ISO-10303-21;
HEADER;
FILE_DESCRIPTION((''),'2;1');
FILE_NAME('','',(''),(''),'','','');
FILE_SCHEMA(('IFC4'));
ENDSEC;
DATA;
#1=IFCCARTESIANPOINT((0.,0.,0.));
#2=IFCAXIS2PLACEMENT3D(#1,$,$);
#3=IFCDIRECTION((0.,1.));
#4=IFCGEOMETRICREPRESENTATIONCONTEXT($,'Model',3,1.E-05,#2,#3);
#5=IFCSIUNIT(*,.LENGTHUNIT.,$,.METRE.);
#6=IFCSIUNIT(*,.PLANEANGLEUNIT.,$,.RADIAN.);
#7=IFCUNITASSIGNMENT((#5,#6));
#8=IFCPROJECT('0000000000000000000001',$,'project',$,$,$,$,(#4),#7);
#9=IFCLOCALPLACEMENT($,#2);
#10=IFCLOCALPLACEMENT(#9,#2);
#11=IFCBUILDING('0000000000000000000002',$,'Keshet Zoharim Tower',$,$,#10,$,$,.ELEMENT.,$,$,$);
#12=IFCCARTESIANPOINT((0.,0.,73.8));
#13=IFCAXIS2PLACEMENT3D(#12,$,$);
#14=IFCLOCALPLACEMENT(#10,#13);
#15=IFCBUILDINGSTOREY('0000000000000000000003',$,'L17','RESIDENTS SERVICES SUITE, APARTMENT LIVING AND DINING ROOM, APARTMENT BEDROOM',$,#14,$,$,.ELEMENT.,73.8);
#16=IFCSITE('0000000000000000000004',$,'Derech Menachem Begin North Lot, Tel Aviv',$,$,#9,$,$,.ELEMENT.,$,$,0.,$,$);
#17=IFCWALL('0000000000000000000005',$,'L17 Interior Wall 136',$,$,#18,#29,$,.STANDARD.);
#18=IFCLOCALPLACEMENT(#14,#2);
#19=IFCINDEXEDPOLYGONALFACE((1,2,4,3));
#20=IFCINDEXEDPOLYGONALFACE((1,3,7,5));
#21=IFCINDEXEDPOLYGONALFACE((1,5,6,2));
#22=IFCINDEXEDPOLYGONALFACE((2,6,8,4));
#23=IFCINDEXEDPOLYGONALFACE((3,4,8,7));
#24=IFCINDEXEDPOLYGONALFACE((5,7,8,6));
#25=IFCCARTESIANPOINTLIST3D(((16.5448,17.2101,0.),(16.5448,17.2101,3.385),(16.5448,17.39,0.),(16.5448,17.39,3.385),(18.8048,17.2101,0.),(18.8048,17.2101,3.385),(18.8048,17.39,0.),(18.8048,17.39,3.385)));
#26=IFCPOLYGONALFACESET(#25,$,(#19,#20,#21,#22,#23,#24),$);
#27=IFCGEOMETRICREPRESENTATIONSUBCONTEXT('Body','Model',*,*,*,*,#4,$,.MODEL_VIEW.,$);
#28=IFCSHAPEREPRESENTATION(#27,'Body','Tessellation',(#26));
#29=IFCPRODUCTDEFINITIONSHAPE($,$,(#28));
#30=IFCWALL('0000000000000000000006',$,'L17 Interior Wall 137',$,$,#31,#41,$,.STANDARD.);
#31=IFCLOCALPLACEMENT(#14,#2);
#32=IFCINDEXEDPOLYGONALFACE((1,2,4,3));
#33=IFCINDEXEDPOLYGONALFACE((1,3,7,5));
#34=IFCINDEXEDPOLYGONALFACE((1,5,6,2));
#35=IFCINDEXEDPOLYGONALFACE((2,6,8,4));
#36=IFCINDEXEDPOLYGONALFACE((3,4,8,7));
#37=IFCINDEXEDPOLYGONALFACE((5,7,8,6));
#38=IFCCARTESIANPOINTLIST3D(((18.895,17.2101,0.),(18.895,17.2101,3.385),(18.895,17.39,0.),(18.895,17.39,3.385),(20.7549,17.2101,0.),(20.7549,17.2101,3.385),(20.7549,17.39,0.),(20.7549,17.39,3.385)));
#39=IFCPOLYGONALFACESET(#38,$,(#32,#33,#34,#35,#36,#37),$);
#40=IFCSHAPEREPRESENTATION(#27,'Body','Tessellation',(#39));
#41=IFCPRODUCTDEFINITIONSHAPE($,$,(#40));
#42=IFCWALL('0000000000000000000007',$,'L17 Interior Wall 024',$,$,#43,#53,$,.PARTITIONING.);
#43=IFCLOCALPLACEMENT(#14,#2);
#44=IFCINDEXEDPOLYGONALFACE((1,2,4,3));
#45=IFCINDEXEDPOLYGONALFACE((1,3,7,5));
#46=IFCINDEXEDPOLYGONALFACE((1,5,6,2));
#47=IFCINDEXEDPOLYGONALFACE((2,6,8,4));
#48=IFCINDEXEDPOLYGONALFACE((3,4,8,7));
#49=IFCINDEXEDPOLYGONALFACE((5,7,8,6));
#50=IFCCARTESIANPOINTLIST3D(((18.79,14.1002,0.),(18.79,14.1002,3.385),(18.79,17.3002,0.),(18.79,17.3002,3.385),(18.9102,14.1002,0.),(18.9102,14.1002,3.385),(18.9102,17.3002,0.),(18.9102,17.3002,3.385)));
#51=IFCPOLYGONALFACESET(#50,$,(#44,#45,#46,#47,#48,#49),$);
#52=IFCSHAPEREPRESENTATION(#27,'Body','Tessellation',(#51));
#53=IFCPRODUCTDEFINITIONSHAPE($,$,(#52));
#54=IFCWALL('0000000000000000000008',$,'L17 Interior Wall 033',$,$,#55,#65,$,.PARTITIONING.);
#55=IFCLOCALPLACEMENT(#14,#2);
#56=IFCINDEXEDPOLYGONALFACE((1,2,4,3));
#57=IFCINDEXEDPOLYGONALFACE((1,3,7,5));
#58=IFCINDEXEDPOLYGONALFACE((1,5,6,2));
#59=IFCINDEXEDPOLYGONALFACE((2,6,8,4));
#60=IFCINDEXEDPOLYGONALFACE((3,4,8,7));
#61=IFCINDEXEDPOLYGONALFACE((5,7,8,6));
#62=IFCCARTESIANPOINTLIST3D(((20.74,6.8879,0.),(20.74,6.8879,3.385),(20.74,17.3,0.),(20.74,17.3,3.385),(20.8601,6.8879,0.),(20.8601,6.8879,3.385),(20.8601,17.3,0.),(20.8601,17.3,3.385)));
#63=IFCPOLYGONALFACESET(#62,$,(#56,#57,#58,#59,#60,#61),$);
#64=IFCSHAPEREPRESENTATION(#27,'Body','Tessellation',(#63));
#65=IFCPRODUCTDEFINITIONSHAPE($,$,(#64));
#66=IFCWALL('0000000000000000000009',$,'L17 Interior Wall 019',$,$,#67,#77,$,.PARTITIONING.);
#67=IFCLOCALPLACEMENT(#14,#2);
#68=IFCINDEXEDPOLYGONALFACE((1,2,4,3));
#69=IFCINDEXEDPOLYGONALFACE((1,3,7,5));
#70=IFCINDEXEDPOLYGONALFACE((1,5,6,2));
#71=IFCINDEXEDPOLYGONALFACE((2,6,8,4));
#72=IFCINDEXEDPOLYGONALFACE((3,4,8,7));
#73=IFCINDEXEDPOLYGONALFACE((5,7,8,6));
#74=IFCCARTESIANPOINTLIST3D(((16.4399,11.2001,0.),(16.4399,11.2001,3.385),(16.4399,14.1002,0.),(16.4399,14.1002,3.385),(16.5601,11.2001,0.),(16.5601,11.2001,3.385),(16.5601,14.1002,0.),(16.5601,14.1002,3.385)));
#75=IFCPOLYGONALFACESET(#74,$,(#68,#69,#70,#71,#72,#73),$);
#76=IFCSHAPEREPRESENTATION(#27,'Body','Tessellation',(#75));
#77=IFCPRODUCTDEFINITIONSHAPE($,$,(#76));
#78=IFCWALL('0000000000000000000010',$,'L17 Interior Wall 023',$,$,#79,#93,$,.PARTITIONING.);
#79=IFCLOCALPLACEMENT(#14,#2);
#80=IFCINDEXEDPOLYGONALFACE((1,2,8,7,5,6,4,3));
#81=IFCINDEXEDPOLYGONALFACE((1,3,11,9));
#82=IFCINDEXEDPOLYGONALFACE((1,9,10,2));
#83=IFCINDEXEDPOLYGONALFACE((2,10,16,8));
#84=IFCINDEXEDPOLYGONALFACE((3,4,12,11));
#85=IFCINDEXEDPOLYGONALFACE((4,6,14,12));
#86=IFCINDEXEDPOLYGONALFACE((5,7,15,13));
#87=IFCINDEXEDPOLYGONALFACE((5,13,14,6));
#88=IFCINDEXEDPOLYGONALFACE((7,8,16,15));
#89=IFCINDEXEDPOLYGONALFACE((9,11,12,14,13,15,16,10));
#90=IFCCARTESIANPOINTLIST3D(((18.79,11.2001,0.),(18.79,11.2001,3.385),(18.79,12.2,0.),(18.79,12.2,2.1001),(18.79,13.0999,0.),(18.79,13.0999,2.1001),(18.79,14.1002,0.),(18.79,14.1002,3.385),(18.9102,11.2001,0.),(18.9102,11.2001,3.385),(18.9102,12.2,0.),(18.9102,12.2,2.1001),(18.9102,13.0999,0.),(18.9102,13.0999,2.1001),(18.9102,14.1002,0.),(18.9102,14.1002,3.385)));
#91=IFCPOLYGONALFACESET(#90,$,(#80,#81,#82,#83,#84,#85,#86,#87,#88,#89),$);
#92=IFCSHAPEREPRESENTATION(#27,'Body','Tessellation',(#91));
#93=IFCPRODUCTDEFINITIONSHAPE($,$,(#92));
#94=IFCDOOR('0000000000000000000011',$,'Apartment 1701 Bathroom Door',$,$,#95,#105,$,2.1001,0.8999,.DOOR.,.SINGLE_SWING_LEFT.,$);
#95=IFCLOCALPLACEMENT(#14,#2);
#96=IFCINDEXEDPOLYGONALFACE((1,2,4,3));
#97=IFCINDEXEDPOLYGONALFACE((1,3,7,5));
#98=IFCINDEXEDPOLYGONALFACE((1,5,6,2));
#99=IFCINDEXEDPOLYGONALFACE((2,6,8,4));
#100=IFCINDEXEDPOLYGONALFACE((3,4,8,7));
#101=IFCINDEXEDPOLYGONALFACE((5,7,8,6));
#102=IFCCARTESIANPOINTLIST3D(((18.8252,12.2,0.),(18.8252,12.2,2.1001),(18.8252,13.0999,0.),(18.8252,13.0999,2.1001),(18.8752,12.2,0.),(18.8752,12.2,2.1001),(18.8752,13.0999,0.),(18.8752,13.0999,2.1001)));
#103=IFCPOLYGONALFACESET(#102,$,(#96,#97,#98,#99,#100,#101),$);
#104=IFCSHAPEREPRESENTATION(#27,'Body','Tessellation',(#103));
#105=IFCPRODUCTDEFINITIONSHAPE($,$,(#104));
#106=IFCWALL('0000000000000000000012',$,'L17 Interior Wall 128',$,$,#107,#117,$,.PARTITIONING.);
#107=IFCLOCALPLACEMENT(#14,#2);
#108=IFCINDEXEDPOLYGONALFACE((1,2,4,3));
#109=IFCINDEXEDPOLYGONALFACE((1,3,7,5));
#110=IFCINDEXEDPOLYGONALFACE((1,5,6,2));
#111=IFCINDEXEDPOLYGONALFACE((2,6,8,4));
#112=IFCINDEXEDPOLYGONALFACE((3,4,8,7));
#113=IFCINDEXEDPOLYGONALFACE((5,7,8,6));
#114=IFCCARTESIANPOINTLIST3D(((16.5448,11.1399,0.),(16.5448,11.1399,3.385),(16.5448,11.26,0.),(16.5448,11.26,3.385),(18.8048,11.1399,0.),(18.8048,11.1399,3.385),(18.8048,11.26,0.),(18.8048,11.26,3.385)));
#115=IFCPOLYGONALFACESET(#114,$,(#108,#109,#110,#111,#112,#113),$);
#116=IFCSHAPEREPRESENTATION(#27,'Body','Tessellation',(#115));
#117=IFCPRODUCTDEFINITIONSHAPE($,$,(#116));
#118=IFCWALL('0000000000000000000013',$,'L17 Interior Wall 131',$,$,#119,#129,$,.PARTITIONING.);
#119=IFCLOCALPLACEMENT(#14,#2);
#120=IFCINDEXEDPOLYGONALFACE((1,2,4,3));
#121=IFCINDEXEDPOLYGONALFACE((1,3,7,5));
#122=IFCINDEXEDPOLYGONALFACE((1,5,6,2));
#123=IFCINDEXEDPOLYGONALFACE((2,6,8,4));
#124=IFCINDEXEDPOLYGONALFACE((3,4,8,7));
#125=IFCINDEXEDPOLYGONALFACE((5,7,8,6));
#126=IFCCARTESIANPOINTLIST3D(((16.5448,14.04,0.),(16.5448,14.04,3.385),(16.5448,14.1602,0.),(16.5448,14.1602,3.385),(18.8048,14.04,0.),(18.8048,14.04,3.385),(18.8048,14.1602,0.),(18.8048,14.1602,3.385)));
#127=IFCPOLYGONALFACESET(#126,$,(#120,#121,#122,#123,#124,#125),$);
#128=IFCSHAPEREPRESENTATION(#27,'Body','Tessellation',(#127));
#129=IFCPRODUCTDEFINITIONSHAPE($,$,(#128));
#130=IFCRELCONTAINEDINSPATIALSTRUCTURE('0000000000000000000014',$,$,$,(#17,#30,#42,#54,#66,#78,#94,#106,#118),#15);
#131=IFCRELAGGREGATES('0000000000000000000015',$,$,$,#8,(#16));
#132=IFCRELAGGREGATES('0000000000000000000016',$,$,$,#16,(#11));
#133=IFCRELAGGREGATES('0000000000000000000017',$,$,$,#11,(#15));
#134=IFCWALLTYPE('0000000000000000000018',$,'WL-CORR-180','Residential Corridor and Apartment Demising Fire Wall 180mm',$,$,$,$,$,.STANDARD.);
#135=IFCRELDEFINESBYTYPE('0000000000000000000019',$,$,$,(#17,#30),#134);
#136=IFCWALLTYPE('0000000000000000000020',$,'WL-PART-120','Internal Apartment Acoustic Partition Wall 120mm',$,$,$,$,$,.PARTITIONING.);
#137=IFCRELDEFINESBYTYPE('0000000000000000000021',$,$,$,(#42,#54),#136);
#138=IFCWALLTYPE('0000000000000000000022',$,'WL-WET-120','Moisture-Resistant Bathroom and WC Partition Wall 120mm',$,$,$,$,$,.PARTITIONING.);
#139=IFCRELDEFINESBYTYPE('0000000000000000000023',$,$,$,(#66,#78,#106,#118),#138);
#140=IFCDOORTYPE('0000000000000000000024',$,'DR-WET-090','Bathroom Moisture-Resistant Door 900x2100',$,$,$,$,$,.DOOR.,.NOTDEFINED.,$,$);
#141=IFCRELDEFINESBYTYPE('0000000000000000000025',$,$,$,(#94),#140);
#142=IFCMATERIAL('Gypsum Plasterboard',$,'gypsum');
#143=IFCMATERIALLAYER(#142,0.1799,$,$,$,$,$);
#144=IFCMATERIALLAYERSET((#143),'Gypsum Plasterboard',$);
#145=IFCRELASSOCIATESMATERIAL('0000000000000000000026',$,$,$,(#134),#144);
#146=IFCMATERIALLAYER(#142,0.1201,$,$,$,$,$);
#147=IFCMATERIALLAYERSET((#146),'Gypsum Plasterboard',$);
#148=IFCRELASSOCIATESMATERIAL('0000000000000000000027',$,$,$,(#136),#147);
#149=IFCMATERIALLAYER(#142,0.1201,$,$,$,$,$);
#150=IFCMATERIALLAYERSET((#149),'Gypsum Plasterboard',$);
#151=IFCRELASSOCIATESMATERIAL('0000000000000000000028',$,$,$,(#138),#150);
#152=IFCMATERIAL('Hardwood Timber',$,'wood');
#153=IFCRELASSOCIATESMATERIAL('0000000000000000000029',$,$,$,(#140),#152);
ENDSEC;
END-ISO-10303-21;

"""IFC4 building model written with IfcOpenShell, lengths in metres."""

from ifc_helpers import new_model, si_unit, direction, frame, frame_2d, origin, place, context, subcontext, project, spatial, rectangle, extrude, material, layer, layer_set, type_object, element, fill, save


model = new_model("IFC4")

# Units and contexts
model_context = context("Model", 3, precision=1e-05, world=origin(), true_north=direction((0.0, 1.0)))
body_context = subcontext(model_context, "Body", "Model", "MODEL_VIEW")
ifc_project = project(units=[si_unit("LENGTHUNIT", "METRE"), si_unit("PLANEANGLEUNIT", "RADIAN")], contexts=[model_context])

# Site, building, storey
site_placement = place(None, origin())
site = spatial("IfcSite", under=ifc_project, at=site_placement, Name="Derech Menachem Begin North Lot, Tel Aviv", CompositionType="ELEMENT", RefElevation=0.0)
building_placement = place(site_placement, origin())
building = spatial("IfcBuilding", under=site, at=building_placement, Name="Keshet Zoharim Tower", CompositionType="ELEMENT")
storey_placement = place(building_placement, frame((0.0, 0.0, 73.8)))
storey = spatial("IfcBuildingStorey", under=building, at=storey_placement, Name="L17", Description="RESIDENTS SERVICES SUITE, APARTMENT LIVING AND DINING ROOM, APARTMENT BEDROOM", CompositionType="ELEMENT", Elevation=73.8)

# Shared definitions
ifc_material_1 = material(Name="Gypsum Plasterboard", Category="gypsum")
ifc_material_2 = material(Name="Hardwood Timber", Category="wood")

# Walls
ifc_layer_1 = layer(ifc_material_1, 0.1799)
ifc_layer_set_1 = layer_set([ifc_layer_1], Name="Gypsum Plasterboard")
wall_type_1 = type_object("IfcWallType", Name="WL-CORR-180", Description="Residential Corridor and Apartment Demising Fire Wall 180mm", PredefinedType="STANDARD", material=ifc_layer_set_1)
wall_1_placement = place(storey_placement, frame((16.5449, 17.3, 0.0), z_axis=(0.0, 0.0, 1.0), x_axis=(1.0, 0.0, 0.0)))
element("IfcWall", 1, at=wall_1_placement, inside=storey, type_object=wall_type_1, Name="L17 Interior Wall 136", PredefinedType="STANDARD", context=body_context, shape_type="SweptSolid", body=[
    extrude(rectangle(XDim=2.26, YDim=0.1799, at=frame_2d((1.1299, 0.0))), origin(), (0.0, 0.0, 1.0), 3.385),
])
wall_2_placement = place(storey_placement, frame((18.895, 17.3, 0.0), z_axis=(0.0, 0.0, 1.0), x_axis=(1.0, 0.0, 0.0)))
element("IfcWall", 2, at=wall_2_placement, inside=storey, type_object=wall_type_1, Name="L17 Interior Wall 137", PredefinedType="STANDARD", context=body_context, shape_type="SweptSolid", body=[
    extrude(rectangle(XDim=1.8599, YDim=0.1799, at=frame_2d((0.9299, 0.0))), origin(), (0.0, 0.0, 1.0), 3.385),
])

# Shared definitions
ifc_layer_2 = layer(ifc_material_1, 0.1201)
ifc_layer_set_2 = layer_set([ifc_layer_2], Name="Gypsum Plasterboard")
wall_type_2 = type_object("IfcWallType", Name="WL-PART-120", Description="Internal Apartment Acoustic Partition Wall 120mm", PredefinedType="PARTITIONING", material=ifc_layer_set_2)

# Walls
wall_3_placement = place(storey_placement, frame((18.8501, 14.1001, 0.0), z_axis=(0.0, 0.0, 1.0), x_axis=(0.0, 1.0, 0.0)))
element("IfcWall", 3, at=wall_3_placement, inside=storey, type_object=wall_type_2, Name="L17 Interior Wall 024", PredefinedType="PARTITIONING", context=body_context, shape_type="SweptSolid", body=[
    extrude(rectangle(XDim=3.2, YDim=0.1201, at=frame_2d((1.6001, 0.0))), origin(), (0.0, 0.0, 1.0), 3.385),
])
wall_4_placement = place(storey_placement, frame((20.8, 6.8879, 0.0), z_axis=(0.0, 0.0, 1.0), x_axis=(0.0, 1.0, 0.0)))
element("IfcWall", 4, at=wall_4_placement, inside=storey, type_object=wall_type_2, Name="L17 Interior Wall 033", PredefinedType="PARTITIONING", context=body_context, shape_type="SweptSolid", body=[
    extrude(rectangle(XDim=10.4121, YDim=0.1201, at=frame_2d((5.2061, 0.0))), origin(), (0.0, 0.0, 1.0), 3.385),
])
ifc_layer_3 = layer(ifc_material_1, 0.1201)
ifc_layer_set_3 = layer_set([ifc_layer_3], Name="Gypsum Plasterboard")
wall_type_3 = type_object("IfcWallType", Name="WL-WET-120", Description="Moisture-Resistant Bathroom and WC Partition Wall 120mm", PredefinedType="PARTITIONING", material=ifc_layer_set_3)
wall_5_placement = place(storey_placement, frame((16.5, 11.2, 0.0), z_axis=(0.0, 0.0, 1.0), x_axis=(0.0, 1.0, 0.0)))
element("IfcWall", 5, at=wall_5_placement, inside=storey, type_object=wall_type_3, Name="L17 Interior Wall 019", PredefinedType="PARTITIONING", context=body_context, shape_type="SweptSolid", body=[
    extrude(rectangle(XDim=2.9001, YDim=0.1201, at=frame_2d((1.4502, 0.0))), origin(), (0.0, 0.0, 1.0), 3.385),
])

# Wall, opening, door
wall_6_placement = place(storey_placement, frame((18.8501, 11.2, 0.0), z_axis=(0.0, 0.0, 1.0), x_axis=(0.0, 1.0, 0.0)))
wall_6 = element("IfcWall", 6, at=wall_6_placement, inside=storey, type_object=wall_type_3, Name="L17 Interior Wall 023", PredefinedType="PARTITIONING", context=body_context, shape_type="SweptSolid", body=[
    extrude(rectangle(XDim=2.9001, YDim=0.1201, at=frame_2d((1.4502, 0.0))), origin(), (0.0, 0.0, 1.0), 3.385),
])
opening_1_placement = place(wall_6_placement, frame((1.0, 0.0, 0.0)))
opening_1 = element("IfcOpeningElement", 7, at=opening_1_placement, cuts=wall_6, PredefinedType="OPENING", context=body_context, shape_type="SweptSolid", body=[
    extrude(rectangle(XDim=0.8999, YDim=2.1001, at=frame_2d((0.45, 1.05))), frame((0.0, 0.0701, 0.0), z_axis=(0.0, -1.0, 0.0), x_axis=(1.0, 0.0, 0.0)), (0.0, 0.0, 1.0), 0.1401),
])
door_type_1 = type_object("IfcDoorType", Name="DR-WET-090", Description="Bathroom Moisture-Resistant Door 900x2100", OperationType="NOTDEFINED", PredefinedType="DOOR", material=ifc_material_2)
door_1_placement = place(opening_1_placement, origin())
door_1 = element("IfcDoor", 8, at=door_1_placement, inside=storey, type_object=door_type_1, Name="Apartment 1701 Bathroom Door", OperationType="SINGLE_SWING_LEFT", OverallHeight=2.1001, OverallWidth=0.8999, PredefinedType="DOOR", context=body_context, shape_type="SweptSolid", body=[
    extrude(rectangle(XDim=0.8999, YDim=2.1001, at=frame_2d((0.45, 1.05))), frame((0.0, 0.0249, 0.0), z_axis=(0.0, -1.0, 0.0), x_axis=(1.0, 0.0, 0.0)), (0.0, 0.0, 1.0), 0.05),
])
fill(opening_1, door_1)

# Walls
for number, where, z_axis, x_axis, name in (
    (9, (16.5449, 11.2, 0.0), (0.0, 0.0, 1.0), (1.0, 0.0, 0.0), "L17 Interior Wall 128"),
    (10, (16.5449, 14.1001, 0.0), (0.0, 0.0, 1.0), (1.0, 0.0, 0.0), "L17 Interior Wall 131"),
):
    element("IfcWall", number, at=place(storey_placement, frame(where, z_axis=z_axis, x_axis=x_axis)), inside=storey, type_object=wall_type_3, Name=name, PredefinedType="PARTITIONING", context=body_context, shape_type="SweptSolid", body=[
        extrude(rectangle(XDim=2.26, YDim=0.1201, at=frame_2d((1.1299, 0.0))), origin(), (0.0, 0.0, 1.0), 3.385),
    ])

save(model, "model.ifc")
